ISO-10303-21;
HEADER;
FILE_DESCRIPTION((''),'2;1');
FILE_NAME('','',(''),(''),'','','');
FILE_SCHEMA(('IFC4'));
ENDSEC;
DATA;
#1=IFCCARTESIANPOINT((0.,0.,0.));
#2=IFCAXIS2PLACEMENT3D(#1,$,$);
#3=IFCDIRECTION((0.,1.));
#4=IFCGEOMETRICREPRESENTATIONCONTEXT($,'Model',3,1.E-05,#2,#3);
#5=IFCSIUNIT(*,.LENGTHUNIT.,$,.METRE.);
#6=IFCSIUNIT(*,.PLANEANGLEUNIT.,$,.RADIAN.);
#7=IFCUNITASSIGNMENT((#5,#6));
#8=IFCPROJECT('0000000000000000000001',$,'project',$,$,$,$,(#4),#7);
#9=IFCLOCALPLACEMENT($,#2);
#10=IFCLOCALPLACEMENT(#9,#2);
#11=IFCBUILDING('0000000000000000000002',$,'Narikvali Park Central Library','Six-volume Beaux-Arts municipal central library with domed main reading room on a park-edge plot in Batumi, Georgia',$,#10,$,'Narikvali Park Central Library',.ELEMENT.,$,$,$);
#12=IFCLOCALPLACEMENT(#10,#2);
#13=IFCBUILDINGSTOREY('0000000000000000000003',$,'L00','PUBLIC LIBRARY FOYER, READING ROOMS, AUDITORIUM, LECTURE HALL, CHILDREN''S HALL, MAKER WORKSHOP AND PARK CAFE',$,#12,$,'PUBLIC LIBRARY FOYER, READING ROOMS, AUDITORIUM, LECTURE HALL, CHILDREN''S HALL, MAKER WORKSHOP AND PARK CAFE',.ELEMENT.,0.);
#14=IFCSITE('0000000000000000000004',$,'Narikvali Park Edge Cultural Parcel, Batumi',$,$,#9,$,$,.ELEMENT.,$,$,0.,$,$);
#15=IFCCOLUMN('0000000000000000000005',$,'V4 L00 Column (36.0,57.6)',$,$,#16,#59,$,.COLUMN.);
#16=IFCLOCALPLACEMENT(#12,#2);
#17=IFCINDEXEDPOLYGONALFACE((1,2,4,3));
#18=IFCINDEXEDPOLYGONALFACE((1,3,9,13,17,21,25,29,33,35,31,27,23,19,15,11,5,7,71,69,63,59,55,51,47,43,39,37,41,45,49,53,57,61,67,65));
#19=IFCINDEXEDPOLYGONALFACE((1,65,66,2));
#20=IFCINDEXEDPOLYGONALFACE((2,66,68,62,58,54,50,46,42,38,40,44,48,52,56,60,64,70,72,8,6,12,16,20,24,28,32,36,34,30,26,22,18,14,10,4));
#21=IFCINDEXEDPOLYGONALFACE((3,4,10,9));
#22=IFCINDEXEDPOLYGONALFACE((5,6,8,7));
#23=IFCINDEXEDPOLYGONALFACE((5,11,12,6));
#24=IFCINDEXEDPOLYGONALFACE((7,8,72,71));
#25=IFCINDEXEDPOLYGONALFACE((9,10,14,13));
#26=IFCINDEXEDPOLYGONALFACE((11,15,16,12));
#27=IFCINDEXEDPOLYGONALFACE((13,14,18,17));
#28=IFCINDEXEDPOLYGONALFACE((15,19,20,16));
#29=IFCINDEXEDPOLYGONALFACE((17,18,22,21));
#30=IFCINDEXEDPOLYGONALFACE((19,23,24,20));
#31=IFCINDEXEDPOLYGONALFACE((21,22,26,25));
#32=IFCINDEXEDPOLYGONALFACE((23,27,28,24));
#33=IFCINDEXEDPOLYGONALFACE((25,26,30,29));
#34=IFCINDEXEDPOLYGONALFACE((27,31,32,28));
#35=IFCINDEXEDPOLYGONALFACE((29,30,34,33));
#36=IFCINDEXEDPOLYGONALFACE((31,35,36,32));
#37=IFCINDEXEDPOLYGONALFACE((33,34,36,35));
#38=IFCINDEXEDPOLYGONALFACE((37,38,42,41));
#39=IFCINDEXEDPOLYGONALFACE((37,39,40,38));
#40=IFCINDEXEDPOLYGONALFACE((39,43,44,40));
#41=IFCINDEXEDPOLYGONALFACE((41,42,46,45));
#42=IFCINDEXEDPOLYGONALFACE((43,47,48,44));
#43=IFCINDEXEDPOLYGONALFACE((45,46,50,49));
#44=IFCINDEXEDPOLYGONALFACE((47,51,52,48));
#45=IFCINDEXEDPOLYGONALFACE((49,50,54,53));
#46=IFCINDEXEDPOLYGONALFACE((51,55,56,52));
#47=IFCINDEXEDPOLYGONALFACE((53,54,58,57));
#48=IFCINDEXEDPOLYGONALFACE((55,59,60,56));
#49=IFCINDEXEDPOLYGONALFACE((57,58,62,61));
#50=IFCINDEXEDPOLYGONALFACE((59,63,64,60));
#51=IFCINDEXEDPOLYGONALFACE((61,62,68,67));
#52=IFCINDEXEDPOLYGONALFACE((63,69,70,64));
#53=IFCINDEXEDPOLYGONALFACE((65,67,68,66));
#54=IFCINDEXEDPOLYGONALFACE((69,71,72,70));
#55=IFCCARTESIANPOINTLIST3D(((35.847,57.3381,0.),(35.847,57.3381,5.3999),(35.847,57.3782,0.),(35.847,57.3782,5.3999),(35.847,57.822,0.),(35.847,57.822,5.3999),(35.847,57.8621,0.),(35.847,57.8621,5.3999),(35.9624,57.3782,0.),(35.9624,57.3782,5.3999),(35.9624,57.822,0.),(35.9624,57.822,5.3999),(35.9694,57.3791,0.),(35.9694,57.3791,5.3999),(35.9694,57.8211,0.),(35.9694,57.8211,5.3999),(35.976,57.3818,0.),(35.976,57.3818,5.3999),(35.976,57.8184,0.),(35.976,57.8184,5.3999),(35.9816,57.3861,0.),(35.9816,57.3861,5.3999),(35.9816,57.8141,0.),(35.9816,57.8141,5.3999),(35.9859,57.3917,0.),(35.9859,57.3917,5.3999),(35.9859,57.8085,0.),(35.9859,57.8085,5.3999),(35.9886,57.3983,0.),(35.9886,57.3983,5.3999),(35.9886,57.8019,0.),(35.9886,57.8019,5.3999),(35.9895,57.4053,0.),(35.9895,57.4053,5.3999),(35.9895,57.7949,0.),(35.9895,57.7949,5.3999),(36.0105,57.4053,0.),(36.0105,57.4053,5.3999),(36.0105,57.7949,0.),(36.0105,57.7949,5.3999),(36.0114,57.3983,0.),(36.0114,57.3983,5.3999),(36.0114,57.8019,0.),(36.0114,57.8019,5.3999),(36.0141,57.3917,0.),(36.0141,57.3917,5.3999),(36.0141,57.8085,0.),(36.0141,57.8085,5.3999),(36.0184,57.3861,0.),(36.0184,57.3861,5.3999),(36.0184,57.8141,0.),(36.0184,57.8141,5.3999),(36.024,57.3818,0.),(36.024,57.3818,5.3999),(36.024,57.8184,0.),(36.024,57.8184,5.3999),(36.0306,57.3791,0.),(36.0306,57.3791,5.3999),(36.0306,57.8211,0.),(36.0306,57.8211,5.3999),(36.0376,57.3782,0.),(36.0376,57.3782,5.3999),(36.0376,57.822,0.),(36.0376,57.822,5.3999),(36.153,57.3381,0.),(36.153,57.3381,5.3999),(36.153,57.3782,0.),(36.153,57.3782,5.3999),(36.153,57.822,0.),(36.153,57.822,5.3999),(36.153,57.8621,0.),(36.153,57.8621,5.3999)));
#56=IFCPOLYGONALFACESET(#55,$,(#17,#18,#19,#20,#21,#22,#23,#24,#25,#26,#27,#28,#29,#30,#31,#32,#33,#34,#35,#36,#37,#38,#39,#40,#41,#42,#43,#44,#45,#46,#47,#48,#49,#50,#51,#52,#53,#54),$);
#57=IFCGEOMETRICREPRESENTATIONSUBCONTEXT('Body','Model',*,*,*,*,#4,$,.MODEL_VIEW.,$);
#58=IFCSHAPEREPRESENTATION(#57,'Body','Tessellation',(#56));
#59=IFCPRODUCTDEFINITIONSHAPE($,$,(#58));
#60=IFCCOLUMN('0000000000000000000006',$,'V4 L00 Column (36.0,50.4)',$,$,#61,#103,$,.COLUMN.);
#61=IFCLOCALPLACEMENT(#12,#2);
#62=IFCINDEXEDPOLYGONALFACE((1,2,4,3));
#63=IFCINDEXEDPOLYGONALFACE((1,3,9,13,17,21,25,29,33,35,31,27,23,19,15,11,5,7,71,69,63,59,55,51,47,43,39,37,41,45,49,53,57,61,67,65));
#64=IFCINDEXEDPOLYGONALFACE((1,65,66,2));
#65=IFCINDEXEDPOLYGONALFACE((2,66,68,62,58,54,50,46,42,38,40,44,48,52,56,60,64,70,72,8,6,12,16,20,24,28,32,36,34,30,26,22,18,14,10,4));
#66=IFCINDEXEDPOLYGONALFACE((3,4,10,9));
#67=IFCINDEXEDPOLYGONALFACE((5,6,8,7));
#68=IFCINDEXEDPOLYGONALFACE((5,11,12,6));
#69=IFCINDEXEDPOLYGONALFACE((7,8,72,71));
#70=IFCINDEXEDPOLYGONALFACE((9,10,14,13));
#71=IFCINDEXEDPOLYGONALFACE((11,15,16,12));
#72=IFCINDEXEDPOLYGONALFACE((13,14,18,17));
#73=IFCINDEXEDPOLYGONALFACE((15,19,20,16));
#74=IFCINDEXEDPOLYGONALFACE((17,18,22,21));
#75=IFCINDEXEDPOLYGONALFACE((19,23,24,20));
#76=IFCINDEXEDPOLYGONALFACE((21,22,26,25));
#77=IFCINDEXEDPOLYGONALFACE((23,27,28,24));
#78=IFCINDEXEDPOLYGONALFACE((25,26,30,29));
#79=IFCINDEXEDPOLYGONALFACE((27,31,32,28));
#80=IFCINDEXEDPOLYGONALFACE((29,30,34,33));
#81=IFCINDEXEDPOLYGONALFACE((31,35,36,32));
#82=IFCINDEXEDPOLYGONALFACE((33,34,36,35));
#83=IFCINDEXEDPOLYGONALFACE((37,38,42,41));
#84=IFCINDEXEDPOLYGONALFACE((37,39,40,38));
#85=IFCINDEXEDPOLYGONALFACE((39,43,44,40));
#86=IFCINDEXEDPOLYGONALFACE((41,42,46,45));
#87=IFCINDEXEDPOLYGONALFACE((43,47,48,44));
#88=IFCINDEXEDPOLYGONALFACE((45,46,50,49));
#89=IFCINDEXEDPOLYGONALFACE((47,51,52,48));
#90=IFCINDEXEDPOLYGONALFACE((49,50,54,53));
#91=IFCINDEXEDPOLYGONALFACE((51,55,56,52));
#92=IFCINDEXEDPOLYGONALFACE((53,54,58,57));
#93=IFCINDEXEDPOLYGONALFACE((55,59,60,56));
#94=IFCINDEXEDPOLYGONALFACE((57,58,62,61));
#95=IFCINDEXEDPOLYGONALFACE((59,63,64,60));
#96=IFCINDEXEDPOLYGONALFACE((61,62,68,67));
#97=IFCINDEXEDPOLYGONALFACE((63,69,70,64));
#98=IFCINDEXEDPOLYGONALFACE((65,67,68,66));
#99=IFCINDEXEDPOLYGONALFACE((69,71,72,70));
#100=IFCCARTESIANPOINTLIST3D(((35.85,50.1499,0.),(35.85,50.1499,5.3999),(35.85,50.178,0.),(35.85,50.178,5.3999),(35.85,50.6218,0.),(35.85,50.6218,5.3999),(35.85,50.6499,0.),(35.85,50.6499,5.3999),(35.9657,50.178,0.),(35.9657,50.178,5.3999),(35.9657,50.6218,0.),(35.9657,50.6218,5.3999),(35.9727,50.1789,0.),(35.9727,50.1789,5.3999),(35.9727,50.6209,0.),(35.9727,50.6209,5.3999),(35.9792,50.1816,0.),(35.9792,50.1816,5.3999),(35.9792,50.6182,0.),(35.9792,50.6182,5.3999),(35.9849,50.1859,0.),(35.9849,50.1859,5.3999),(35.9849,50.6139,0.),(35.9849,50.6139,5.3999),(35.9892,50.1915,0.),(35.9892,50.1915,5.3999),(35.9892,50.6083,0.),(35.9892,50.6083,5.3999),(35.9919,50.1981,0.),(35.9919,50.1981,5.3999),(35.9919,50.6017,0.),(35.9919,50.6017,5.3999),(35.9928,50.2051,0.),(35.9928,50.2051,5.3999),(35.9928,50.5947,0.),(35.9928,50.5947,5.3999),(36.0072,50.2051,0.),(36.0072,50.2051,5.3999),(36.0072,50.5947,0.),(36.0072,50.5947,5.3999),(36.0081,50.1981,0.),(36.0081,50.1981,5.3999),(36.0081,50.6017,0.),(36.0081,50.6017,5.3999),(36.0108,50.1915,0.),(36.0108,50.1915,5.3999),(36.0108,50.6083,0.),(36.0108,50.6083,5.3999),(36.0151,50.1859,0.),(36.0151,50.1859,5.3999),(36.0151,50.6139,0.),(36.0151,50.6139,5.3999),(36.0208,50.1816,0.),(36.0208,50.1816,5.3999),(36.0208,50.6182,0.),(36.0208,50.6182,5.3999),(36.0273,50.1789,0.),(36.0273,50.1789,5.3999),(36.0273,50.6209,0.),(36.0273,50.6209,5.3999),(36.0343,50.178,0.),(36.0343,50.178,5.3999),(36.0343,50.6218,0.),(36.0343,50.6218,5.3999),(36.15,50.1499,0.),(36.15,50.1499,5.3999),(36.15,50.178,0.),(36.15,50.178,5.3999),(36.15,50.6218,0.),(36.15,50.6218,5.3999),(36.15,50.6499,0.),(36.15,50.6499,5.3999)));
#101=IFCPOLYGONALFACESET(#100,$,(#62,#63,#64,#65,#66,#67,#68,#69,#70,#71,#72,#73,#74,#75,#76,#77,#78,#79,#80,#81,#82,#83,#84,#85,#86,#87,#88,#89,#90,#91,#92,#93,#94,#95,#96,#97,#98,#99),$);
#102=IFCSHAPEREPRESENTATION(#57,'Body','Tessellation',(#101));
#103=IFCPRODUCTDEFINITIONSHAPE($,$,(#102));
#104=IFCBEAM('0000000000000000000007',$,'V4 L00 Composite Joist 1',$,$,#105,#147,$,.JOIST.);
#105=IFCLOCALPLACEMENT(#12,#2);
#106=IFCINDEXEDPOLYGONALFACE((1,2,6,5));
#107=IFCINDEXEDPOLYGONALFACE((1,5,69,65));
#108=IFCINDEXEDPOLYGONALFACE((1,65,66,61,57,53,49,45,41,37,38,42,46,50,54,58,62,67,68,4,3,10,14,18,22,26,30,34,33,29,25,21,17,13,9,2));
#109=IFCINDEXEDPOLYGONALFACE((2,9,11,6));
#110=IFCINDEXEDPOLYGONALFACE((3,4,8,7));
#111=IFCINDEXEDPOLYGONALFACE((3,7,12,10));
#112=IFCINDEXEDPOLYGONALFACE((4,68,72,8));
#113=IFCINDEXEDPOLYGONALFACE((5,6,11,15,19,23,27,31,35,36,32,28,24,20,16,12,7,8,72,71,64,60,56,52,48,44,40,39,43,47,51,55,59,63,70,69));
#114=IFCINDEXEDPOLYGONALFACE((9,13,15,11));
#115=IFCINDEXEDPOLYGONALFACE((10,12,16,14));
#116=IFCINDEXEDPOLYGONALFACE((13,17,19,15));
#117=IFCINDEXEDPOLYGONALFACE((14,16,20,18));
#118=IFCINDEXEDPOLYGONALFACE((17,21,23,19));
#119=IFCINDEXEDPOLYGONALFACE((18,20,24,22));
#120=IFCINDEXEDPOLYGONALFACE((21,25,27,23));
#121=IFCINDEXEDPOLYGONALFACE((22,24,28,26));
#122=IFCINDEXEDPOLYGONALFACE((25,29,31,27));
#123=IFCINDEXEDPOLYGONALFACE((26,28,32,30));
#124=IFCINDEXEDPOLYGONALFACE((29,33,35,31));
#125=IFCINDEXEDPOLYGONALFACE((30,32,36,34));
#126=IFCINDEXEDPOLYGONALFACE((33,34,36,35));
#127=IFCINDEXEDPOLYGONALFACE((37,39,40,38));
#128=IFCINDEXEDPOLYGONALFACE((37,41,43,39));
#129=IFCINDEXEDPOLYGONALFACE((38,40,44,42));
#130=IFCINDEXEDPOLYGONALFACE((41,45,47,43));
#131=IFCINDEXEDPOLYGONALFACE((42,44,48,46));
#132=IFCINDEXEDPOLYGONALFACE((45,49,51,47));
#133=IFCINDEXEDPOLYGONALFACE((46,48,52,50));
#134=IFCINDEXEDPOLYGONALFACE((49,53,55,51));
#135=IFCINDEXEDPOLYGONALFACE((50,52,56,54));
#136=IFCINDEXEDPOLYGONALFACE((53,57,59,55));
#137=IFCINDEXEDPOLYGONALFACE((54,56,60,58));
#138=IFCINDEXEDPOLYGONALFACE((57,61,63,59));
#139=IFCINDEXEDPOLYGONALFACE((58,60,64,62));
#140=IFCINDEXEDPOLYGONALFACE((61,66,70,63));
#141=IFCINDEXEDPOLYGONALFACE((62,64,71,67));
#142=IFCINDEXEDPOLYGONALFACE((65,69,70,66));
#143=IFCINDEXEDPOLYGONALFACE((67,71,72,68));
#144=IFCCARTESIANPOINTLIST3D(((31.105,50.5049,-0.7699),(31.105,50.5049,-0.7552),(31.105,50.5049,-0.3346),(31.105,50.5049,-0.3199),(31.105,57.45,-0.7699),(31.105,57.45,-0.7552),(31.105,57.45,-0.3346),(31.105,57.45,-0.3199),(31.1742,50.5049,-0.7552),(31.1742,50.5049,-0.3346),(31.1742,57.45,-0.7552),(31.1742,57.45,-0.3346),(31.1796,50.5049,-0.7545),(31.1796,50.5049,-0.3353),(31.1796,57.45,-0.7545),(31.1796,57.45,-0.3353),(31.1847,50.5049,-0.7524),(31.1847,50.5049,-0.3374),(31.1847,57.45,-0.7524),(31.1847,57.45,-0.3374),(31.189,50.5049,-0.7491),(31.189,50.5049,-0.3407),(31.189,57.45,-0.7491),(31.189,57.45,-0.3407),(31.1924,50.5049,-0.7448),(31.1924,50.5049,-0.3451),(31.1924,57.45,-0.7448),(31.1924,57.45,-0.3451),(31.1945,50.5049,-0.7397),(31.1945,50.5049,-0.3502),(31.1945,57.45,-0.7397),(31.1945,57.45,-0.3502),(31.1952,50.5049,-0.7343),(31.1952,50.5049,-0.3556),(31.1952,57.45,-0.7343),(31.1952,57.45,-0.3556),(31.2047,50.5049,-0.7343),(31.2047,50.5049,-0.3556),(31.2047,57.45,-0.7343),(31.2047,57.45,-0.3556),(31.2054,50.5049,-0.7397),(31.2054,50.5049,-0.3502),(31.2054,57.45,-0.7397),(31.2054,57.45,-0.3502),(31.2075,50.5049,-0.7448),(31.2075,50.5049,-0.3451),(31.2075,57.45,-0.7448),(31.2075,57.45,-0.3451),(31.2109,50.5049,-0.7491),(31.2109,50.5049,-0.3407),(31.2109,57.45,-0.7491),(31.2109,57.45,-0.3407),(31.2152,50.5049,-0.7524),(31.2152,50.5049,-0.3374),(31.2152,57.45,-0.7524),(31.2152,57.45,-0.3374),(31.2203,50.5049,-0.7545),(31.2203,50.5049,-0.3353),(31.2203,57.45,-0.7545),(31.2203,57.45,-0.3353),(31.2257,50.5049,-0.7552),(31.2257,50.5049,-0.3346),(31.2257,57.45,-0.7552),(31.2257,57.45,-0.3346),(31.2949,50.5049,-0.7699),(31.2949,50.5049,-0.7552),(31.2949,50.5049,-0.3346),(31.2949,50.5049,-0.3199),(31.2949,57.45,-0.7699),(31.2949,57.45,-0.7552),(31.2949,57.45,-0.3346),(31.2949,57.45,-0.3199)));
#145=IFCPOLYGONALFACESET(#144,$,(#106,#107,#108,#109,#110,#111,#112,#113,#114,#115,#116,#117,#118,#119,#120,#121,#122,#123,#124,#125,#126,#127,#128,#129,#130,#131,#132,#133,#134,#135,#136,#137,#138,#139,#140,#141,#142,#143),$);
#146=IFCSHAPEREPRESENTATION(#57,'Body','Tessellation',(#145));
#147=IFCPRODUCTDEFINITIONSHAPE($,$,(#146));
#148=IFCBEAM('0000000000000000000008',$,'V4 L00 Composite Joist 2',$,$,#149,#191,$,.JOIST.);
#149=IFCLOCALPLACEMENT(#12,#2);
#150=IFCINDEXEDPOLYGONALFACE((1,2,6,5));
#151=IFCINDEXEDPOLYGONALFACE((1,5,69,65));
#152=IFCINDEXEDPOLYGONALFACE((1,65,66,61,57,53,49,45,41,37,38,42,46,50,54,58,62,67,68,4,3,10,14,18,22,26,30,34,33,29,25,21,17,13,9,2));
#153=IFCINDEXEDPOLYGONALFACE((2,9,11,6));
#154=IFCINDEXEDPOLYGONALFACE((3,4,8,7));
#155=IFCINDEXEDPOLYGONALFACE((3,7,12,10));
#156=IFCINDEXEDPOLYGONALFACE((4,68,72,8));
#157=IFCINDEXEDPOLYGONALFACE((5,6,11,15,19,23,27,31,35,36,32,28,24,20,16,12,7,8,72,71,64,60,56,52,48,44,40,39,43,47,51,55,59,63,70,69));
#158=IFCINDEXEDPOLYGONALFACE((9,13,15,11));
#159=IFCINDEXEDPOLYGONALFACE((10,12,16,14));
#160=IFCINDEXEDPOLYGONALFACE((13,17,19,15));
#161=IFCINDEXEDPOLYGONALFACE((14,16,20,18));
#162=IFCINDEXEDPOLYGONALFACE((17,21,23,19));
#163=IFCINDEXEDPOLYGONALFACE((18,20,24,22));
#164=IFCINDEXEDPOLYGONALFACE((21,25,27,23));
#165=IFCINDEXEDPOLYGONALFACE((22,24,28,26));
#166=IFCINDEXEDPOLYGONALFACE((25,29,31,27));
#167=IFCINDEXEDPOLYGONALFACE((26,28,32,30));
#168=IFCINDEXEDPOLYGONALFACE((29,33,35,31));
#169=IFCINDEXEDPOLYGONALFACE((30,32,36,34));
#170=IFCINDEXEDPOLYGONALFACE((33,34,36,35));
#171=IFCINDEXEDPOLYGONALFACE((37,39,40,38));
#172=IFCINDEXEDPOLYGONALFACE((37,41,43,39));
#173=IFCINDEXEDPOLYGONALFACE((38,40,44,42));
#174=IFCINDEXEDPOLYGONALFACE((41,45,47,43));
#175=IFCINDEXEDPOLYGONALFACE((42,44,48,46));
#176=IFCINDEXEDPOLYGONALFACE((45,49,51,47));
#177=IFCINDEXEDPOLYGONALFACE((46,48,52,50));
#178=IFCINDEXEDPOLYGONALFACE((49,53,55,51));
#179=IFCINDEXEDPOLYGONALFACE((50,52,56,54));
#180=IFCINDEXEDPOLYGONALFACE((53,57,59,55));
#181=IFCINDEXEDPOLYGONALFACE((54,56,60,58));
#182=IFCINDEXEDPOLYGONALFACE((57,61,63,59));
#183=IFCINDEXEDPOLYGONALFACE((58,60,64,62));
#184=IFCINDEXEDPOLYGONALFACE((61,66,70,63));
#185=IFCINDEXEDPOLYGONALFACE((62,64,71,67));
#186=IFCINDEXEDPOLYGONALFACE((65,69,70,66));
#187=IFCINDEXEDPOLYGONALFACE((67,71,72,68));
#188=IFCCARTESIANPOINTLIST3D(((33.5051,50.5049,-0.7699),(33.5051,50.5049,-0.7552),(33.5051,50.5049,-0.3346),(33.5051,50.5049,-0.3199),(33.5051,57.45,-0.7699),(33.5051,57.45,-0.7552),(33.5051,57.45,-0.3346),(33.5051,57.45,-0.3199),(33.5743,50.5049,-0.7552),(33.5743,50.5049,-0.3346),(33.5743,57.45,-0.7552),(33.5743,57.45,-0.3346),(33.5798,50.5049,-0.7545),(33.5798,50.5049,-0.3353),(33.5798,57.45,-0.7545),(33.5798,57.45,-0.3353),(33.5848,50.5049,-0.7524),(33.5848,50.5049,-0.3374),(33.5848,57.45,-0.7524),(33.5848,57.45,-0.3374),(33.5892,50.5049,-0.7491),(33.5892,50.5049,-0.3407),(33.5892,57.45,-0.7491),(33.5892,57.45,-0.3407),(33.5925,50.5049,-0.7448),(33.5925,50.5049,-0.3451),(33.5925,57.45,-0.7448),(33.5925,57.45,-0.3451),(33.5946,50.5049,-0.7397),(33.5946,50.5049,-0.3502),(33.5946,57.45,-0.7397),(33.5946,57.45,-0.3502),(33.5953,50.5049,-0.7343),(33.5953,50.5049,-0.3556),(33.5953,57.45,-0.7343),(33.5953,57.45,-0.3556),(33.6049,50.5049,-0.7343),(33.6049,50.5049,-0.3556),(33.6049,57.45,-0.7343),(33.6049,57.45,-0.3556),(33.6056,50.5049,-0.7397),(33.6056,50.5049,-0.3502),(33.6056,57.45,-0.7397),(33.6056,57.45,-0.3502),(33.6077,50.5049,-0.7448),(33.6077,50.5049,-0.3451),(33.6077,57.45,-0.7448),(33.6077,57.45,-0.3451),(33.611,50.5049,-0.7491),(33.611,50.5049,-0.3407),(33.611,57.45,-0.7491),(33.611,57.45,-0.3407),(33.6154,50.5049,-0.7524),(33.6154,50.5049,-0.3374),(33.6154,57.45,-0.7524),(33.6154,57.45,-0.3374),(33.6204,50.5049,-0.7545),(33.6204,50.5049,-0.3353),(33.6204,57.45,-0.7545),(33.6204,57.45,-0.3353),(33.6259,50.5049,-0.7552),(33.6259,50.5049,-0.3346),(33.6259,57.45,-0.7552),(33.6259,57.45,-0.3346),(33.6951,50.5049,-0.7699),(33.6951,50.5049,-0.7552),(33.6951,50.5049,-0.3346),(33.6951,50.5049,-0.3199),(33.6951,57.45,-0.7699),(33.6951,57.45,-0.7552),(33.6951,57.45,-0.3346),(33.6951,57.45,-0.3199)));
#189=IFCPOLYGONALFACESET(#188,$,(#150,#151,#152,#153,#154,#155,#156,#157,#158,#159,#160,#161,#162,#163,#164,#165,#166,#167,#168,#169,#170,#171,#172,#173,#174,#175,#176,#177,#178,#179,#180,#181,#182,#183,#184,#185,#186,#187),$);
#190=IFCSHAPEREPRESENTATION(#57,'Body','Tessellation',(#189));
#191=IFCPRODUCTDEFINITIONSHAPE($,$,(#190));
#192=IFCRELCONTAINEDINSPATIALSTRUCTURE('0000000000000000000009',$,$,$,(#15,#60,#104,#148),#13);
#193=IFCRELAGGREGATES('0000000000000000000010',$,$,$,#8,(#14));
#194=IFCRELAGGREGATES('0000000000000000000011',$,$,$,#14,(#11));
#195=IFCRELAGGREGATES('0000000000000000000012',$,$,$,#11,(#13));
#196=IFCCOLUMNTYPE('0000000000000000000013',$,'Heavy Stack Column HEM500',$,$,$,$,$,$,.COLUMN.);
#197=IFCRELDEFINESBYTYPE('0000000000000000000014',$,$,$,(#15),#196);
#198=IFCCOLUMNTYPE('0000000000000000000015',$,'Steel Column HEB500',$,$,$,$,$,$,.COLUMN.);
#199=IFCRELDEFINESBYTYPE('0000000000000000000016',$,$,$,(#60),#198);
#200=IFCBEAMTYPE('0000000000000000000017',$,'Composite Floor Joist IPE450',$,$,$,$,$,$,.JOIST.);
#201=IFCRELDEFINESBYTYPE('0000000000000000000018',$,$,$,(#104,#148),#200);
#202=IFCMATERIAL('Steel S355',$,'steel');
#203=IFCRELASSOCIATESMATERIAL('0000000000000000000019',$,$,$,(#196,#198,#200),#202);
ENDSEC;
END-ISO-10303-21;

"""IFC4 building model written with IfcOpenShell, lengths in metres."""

from ifc_helpers import new_model, si_unit, direction, frame, origin, origin_2d, place, context, subcontext, project, spatial, i_section, extrude, material, material_profile, profile_set, type_object, element, save


model = new_model("IFC4")

# Units and contexts
model_context = context("Model", 3, precision=1e-05, world=origin(), true_north=direction((0.0, 1.0)))
body_context = subcontext(model_context, "Body", "Model", "MODEL_VIEW")
ifc_project = project(units=[si_unit("LENGTHUNIT", "METRE"), si_unit("PLANEANGLEUNIT", "RADIAN")], contexts=[model_context])

# Site, building, storey
site_placement = place(None, origin())
site = spatial("IfcSite", under=ifc_project, at=site_placement, Name="Narikvali Park Edge Cultural Parcel, Batumi", CompositionType="ELEMENT", RefElevation=0.0)
building_placement = place(site_placement, origin())
building = spatial("IfcBuilding", under=site, at=building_placement, Name="Narikvali Park Central Library", Description="Six-volume Beaux-Arts municipal central library with domed main reading room on a park-edge plot in Batumi, Georgia", LongName="Narikvali Park Central Library", CompositionType="ELEMENT")
storey_placement = place(building_placement, origin())
storey = spatial("IfcBuildingStorey", under=building, at=storey_placement, Name="L00", Description="PUBLIC LIBRARY FOYER, READING ROOMS, AUDITORIUM, LECTURE HALL, CHILDREN'S HALL, MAKER WORKSHOP AND PARK CAFE", LongName="PUBLIC LIBRARY FOYER, READING ROOMS, AUDITORIUM, LECTURE HALL, CHILDREN'S HALL, MAKER WORKSHOP AND PARK CAFE", CompositionType="ELEMENT", Elevation=0.0)

# Columns
ifc_material_1 = material(Name="Steel S355", Category="steel")
ifc_material_profile_1 = material_profile(ifc_material_1, i_section(OverallWidth=0.3059, OverallDepth=0.5239, WebThickness=0.021, FlangeThickness=0.04, FilletRadius=0.0271, at=origin_2d()), Name="HEM 500")
ifc_profile_set_1 = profile_set([ifc_material_profile_1], Name="Steel S355")
column_type_1 = type_object("IfcColumnType", Name="Heavy Stack Column HEM500", PredefinedType="COLUMN", material=ifc_profile_set_1)
column_1_placement = place(storey_placement, frame((36.0, 57.6001, 0.0), z_axis=(0.0, 0.0, 1.0), x_axis=(1.0, 0.0, 0.0)))
element("IfcColumn", 1, at=column_1_placement, inside=storey, type_object=column_type_1, Name="V4 L00 Column (36.0,57.6)", PredefinedType="COLUMN", context=body_context, shape_type="SweptSolid", body=[
    extrude(i_section(OverallWidth=0.3059, OverallDepth=0.5239, WebThickness=0.021, FlangeThickness=0.04, FilletRadius=0.0271, at=origin_2d()), origin(), (0.0, 0.0, 1.0), 5.3999),
])
ifc_material_profile_2 = material_profile(ifc_material_1, i_section(OverallWidth=0.3, OverallDepth=0.5, WebThickness=0.0144, FlangeThickness=0.0281, FilletRadius=0.0271, at=origin_2d()), Name="HEB 500")
ifc_profile_set_2 = profile_set([ifc_material_profile_2], Name="Steel S355")
column_type_2 = type_object("IfcColumnType", Name="Steel Column HEB500", PredefinedType="COLUMN", material=ifc_profile_set_2)
column_2_placement = place(storey_placement, frame((36.0, 50.3999, 0.0), z_axis=(0.0, 0.0, 1.0), x_axis=(1.0, 0.0, 0.0)))
element("IfcColumn", 2, at=column_2_placement, inside=storey, type_object=column_type_2, Name="V4 L00 Column (36.0,50.4)", PredefinedType="COLUMN", context=body_context, shape_type="SweptSolid", body=[
    extrude(i_section(OverallWidth=0.3, OverallDepth=0.5, WebThickness=0.0144, FlangeThickness=0.0281, FilletRadius=0.0271, at=origin_2d()), origin(), (0.0, 0.0, 1.0), 5.3999),
])

# Beams
ifc_material_profile_3 = material_profile(ifc_material_1, i_section(OverallWidth=0.1899, OverallDepth=0.45, WebThickness=0.0095, FlangeThickness=0.0146, FilletRadius=0.021, at=origin_2d()), Name="IPE 450")
ifc_profile_set_3 = profile_set([ifc_material_profile_3], Name="Steel S355")
beam_type_1 = type_object("IfcBeamType", Name="Composite Floor Joist IPE450", PredefinedType="JOIST", material=ifc_profile_set_3)
for number, where, z_axis, x_axis, name in (
    (3, (31.2, 50.5049, -0.5449), (0.0, 1.0, 0.0), (-1.0, 0.0, 0.0), "V4 L00 Composite Joist 1"),
    (4, (33.6001, 50.5049, -0.5449), (0.0, 1.0, 0.0), (-1.0, 0.0, 0.0), "V4 L00 Composite Joist 2"),
):
    element("IfcBeam", number, at=place(storey_placement, frame(where, z_axis=z_axis, x_axis=x_axis)), inside=storey, type_object=beam_type_1, Name=name, PredefinedType="JOIST", context=body_context, shape_type="SweptSolid", body=[
        extrude(i_section(OverallWidth=0.1899, OverallDepth=0.45, WebThickness=0.0095, FlangeThickness=0.0146, FilletRadius=0.021, at=origin_2d()), origin(), (0.0, 0.0, 1.0), 6.9451),
    ])

save(model, "model.ifc")
